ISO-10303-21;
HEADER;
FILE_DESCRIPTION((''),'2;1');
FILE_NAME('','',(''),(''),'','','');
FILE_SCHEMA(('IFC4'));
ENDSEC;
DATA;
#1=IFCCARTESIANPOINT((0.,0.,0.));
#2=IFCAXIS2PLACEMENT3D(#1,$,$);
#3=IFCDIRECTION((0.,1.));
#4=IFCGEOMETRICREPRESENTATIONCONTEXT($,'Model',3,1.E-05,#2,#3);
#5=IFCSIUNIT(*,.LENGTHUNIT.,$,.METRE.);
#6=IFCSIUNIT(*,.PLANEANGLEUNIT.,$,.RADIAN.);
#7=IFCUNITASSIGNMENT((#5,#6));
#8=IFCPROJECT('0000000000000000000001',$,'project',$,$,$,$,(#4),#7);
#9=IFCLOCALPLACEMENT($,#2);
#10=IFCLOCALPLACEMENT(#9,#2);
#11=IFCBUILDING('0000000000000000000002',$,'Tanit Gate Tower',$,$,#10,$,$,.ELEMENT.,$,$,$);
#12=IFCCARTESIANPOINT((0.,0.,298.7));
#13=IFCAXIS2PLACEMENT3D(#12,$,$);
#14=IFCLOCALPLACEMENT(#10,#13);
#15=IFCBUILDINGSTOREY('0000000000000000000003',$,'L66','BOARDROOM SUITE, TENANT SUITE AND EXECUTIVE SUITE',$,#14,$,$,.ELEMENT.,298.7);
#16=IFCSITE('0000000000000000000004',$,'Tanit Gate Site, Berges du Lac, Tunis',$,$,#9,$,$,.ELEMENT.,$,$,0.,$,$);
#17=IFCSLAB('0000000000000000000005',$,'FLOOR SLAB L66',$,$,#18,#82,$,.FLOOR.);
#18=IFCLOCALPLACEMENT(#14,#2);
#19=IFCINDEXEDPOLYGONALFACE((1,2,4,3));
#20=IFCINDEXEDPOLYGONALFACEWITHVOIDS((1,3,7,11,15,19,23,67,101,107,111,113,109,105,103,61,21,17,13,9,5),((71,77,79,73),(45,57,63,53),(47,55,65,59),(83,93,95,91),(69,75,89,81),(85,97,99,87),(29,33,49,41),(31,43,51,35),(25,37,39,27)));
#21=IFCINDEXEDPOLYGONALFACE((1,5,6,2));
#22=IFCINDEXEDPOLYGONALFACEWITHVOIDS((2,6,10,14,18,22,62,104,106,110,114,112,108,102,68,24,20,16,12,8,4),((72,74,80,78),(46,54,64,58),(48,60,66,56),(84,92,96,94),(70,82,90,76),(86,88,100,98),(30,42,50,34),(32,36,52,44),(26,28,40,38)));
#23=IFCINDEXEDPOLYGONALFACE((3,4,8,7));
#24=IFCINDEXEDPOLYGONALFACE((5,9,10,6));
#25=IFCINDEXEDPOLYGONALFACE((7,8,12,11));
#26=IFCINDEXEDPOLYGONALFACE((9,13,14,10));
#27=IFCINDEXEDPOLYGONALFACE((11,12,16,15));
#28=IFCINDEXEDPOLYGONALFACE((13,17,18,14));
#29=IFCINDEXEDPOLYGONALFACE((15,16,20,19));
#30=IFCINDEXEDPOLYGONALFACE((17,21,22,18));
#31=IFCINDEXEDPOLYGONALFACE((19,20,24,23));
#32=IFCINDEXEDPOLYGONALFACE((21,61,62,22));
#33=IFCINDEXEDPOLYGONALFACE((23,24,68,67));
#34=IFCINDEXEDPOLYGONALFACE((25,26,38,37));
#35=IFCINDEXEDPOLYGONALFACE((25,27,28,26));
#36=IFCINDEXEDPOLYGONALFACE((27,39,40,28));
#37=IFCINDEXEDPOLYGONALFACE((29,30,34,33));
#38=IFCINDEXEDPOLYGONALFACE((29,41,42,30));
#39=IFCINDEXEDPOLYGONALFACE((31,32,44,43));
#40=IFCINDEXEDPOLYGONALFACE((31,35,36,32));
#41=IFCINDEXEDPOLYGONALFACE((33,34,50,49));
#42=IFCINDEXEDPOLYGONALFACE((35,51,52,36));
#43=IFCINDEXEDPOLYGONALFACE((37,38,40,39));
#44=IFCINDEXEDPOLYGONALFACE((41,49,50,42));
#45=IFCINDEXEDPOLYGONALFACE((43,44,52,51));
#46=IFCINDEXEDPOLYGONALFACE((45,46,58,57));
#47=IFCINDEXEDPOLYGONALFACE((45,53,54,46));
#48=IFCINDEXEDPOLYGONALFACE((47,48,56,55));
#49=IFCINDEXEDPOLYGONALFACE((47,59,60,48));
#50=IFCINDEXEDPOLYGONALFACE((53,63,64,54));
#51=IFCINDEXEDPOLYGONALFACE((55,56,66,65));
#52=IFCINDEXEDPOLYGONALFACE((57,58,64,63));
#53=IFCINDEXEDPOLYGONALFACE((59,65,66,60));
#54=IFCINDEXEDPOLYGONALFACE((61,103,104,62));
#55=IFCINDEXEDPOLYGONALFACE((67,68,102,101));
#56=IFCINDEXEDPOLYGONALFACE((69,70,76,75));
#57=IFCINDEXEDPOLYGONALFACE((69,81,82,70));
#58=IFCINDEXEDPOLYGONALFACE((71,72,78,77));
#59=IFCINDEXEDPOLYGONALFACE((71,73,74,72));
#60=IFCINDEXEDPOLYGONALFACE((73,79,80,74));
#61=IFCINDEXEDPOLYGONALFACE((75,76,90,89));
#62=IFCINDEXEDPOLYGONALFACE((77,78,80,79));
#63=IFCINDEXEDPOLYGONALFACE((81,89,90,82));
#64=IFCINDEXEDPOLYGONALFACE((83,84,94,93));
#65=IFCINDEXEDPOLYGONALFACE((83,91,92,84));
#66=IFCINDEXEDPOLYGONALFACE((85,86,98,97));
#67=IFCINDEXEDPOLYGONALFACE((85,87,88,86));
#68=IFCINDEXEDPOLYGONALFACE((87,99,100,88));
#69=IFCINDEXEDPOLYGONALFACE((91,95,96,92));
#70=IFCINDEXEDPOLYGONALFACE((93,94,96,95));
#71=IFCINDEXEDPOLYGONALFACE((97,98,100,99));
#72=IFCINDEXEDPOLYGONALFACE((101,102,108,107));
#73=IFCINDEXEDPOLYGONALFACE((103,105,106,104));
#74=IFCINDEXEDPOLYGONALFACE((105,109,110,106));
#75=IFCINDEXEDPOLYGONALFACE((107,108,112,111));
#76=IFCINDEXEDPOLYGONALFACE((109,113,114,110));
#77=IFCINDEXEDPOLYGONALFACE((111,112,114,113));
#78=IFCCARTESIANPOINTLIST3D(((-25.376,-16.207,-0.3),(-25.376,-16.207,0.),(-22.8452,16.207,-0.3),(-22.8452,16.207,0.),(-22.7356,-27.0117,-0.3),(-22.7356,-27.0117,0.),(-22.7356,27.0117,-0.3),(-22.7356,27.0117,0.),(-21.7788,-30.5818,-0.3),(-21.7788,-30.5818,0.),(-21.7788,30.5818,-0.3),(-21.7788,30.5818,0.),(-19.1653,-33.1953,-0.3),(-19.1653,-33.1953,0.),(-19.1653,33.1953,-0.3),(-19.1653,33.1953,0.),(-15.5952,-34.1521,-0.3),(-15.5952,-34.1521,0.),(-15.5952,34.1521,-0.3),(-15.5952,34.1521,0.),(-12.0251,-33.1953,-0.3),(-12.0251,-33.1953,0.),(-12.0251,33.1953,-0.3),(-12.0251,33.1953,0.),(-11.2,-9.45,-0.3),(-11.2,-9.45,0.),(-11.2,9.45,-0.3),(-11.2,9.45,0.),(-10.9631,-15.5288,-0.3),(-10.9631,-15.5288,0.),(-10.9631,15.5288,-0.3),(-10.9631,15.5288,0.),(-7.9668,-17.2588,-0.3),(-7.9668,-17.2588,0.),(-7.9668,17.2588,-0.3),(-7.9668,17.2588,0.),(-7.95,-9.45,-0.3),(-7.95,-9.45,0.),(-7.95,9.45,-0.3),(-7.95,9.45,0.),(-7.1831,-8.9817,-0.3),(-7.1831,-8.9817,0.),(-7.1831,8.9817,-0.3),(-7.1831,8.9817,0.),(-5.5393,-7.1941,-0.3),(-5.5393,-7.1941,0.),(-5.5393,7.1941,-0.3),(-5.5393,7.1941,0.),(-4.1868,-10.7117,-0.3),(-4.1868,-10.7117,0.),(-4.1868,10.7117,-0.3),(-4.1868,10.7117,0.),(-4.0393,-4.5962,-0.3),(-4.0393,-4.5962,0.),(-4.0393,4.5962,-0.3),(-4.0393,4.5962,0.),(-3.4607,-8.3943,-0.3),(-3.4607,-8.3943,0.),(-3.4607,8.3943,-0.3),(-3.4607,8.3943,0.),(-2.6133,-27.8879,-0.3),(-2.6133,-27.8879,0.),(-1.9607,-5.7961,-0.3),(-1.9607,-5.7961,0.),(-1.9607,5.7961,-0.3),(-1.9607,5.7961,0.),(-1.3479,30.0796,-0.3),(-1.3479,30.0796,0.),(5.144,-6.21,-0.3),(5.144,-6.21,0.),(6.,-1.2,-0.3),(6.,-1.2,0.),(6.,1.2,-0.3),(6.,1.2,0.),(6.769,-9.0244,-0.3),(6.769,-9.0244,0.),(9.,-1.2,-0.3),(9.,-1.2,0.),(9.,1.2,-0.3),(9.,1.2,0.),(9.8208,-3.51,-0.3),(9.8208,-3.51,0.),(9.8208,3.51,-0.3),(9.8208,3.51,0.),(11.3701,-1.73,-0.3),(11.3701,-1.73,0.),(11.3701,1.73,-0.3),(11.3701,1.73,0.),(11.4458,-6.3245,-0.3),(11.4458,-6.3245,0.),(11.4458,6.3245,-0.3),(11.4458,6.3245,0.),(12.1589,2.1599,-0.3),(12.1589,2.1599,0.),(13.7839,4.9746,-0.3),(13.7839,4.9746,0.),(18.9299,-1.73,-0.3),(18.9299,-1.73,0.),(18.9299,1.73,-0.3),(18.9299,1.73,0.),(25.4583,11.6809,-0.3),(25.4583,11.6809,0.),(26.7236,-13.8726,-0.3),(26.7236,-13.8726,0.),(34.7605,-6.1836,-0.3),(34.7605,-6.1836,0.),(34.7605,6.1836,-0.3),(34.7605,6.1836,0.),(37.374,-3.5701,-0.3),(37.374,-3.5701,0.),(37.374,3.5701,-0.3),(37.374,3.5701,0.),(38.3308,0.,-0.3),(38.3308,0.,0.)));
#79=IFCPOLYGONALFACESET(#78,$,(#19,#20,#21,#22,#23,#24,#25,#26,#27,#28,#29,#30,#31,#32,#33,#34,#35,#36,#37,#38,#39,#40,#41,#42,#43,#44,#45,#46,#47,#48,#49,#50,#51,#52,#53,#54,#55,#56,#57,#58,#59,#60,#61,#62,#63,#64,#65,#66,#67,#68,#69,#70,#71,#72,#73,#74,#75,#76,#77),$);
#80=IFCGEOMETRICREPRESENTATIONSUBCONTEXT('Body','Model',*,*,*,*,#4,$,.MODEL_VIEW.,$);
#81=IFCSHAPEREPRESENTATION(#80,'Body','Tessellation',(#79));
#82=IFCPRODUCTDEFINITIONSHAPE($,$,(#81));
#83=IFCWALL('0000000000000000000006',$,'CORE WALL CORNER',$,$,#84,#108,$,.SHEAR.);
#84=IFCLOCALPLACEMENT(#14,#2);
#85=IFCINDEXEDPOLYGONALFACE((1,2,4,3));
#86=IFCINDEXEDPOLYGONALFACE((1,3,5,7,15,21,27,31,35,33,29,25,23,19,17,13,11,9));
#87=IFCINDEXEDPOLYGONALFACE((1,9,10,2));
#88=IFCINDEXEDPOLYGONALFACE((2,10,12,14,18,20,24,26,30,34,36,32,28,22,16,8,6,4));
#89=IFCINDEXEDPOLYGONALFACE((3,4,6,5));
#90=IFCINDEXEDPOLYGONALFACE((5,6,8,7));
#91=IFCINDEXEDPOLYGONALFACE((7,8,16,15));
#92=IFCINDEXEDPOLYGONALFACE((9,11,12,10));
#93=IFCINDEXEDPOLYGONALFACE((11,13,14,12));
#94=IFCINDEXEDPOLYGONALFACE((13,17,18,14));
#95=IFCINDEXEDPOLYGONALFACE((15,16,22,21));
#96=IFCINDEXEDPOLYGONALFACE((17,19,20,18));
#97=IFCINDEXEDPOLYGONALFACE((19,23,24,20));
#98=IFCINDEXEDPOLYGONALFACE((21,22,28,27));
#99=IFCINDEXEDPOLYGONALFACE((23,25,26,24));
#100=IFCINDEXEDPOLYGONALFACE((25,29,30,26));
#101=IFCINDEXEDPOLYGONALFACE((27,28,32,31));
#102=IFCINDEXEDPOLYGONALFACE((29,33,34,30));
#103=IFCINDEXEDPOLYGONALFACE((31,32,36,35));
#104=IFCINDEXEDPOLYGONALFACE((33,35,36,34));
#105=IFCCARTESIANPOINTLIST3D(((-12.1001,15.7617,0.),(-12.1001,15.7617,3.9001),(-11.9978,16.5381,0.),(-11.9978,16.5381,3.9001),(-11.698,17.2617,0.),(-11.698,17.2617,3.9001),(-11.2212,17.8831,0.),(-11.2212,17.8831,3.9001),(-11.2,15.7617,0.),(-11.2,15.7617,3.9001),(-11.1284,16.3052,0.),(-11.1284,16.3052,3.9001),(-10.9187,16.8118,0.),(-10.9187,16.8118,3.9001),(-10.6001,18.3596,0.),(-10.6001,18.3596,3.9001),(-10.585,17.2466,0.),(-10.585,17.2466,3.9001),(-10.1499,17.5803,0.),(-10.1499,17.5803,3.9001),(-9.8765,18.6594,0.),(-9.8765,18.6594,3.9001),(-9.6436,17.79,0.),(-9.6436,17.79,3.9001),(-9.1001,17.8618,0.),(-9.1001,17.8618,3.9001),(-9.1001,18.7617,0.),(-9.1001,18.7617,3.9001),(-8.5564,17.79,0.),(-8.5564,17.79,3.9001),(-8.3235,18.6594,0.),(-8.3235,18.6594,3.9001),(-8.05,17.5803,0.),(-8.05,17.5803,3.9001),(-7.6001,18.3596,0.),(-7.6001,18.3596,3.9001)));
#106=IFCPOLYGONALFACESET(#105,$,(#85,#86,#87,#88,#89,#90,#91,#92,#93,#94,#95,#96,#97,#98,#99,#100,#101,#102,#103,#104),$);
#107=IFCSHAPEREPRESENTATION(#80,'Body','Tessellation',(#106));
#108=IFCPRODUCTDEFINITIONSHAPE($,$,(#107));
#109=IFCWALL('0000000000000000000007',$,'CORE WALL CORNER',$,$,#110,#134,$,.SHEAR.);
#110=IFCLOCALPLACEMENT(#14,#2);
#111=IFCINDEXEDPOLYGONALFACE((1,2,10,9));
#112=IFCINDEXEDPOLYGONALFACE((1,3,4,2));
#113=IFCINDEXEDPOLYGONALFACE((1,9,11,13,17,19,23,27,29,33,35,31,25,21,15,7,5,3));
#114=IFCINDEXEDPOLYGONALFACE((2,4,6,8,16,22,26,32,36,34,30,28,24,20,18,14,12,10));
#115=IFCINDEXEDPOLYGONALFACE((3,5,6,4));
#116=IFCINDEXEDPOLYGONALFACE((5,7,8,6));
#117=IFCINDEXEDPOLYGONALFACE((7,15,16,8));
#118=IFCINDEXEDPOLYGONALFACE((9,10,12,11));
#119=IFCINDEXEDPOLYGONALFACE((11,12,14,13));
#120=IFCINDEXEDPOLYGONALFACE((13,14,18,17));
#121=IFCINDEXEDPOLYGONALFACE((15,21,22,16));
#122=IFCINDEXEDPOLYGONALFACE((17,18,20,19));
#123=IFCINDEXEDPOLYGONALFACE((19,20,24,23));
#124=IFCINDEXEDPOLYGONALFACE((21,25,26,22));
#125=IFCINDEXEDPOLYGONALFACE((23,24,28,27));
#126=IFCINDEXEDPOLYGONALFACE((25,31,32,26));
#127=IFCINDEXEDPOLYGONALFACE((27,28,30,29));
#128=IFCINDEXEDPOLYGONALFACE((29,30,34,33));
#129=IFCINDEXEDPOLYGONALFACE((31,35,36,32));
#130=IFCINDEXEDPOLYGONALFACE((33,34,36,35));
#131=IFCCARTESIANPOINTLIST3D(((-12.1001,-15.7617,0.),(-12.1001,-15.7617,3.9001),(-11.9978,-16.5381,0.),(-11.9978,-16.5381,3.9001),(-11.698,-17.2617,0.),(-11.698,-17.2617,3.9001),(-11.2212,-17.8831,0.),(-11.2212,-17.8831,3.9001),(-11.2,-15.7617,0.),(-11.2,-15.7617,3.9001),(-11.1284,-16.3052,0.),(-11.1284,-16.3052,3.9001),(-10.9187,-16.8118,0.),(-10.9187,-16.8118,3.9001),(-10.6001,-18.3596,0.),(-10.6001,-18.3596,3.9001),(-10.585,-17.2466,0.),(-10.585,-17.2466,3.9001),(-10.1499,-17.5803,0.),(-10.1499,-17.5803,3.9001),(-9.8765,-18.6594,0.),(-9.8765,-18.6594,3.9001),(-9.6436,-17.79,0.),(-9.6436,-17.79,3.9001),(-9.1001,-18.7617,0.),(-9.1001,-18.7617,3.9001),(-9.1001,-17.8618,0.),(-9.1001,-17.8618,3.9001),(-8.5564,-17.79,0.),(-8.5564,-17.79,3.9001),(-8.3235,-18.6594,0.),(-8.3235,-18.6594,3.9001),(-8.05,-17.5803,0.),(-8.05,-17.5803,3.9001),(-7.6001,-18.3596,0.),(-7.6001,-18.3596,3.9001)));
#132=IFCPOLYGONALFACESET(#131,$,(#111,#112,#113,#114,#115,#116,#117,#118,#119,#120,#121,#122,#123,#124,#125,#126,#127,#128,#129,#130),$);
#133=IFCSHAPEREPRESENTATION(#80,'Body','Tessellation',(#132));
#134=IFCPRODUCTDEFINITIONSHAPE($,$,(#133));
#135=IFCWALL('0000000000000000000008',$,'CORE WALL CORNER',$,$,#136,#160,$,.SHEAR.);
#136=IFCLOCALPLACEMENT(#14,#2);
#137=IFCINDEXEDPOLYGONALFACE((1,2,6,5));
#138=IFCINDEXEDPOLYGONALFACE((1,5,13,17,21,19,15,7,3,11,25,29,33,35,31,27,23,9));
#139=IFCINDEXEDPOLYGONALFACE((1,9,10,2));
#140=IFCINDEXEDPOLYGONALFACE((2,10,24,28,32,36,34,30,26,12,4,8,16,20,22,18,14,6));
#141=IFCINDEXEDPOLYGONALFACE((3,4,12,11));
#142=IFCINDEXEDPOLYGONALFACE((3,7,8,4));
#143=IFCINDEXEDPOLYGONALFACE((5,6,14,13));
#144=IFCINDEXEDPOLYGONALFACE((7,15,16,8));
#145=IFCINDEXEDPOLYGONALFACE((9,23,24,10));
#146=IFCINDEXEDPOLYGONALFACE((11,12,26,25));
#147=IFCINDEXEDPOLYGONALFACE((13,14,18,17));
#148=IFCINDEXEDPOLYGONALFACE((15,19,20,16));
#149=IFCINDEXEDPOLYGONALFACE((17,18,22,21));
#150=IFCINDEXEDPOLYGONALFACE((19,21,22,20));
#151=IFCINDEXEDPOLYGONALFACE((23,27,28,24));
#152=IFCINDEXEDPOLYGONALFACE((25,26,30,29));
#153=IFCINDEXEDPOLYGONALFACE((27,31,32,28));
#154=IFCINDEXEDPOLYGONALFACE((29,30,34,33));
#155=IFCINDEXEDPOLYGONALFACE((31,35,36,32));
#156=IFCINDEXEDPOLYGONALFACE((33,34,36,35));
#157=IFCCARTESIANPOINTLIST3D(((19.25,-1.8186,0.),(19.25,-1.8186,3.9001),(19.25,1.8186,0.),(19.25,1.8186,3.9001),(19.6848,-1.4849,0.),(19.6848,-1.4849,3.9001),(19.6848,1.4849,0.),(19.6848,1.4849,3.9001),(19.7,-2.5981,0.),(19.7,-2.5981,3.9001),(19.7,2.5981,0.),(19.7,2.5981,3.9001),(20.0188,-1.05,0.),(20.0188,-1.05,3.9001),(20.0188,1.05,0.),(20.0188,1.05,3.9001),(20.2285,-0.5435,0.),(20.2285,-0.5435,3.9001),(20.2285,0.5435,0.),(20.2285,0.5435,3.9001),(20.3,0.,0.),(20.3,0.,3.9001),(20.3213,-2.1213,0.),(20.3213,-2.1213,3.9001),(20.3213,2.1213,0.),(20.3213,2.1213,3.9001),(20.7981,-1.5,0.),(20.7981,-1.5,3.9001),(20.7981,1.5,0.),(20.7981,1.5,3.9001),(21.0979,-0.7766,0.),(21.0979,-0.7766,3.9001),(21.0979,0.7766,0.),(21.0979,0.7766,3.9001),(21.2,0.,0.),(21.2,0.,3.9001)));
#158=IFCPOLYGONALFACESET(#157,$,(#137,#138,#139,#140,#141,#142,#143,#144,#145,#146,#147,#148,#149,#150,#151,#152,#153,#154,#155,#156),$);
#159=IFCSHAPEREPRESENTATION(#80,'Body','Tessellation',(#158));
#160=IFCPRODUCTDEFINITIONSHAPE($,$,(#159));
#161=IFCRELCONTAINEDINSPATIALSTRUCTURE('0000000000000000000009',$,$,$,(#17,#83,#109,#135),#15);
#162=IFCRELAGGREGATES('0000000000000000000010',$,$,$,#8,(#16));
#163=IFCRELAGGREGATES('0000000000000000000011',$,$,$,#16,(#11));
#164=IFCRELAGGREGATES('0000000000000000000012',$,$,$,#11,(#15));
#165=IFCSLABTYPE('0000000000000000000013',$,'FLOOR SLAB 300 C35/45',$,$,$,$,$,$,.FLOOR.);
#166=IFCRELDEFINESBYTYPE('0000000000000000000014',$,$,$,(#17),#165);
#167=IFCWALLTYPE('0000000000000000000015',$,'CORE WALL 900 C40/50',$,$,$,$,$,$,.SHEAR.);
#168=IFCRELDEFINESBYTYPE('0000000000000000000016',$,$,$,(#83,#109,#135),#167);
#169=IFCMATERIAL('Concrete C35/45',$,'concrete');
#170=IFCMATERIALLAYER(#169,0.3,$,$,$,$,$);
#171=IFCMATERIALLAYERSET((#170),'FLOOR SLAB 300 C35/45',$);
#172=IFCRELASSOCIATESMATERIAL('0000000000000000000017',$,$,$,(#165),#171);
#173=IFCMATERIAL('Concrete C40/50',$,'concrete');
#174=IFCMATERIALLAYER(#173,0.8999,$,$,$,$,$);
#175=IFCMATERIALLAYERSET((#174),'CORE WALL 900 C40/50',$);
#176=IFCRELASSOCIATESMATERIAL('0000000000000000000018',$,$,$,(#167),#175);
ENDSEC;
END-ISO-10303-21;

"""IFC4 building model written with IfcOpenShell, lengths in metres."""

from ifc_helpers import new_model, si_unit, direction, frame, origin, place, context, subcontext, project, spatial, polyline, outline, extrude, material, layer, layer_set, type_object, element, save


model = new_model("IFC4")

# Units and contexts
model_context = context("Model", 3, precision=1e-05, world=origin(), true_north=direction((0.0, 1.0)))
body_context = subcontext(model_context, "Body", "Model", "MODEL_VIEW")
ifc_project = project(units=[si_unit("LENGTHUNIT", "METRE"), si_unit("PLANEANGLEUNIT", "RADIAN")], contexts=[model_context])

# Site, building, storey
site_placement = place(None, origin())
site = spatial("IfcSite", under=ifc_project, at=site_placement, Name="Tanit Gate Site, Berges du Lac, Tunis", CompositionType="ELEMENT", RefElevation=0.0)
building_placement = place(site_placement, origin())
building = spatial("IfcBuilding", under=site, at=building_placement, Name="Tanit Gate Tower", CompositionType="ELEMENT")
storey_placement = place(building_placement, frame((0.0, 0.0, 298.7)))
storey = spatial("IfcBuildingStorey", under=building, at=storey_placement, Name="L66", Description="BOARDROOM SUITE, TENANT SUITE AND EXECUTIVE SUITE", CompositionType="ELEMENT", Elevation=298.7)

# Slab
ifc_material_1 = material(Name="Concrete C35/45", Category="concrete")
ifc_layer_1 = layer(ifc_material_1, 0.3)
ifc_layer_set_1 = layer_set([ifc_layer_1], Name="FLOOR SLAB 300 C35/45")
slab_type = type_object("IfcSlabType", Name="FLOOR SLAB 300 C35/45", PredefinedType="FLOOR", material=ifc_layer_set_1)
slab_placement = place(storey_placement, frame((0.0, 0.0, -0.3)))
element("IfcSlab", 1, at=slab_placement, inside=storey, type_object=slab_type, Name="FLOOR SLAB L66", PredefinedType="FLOOR", context=body_context, shape_type="SweptSolid", body=[
    extrude(outline(polyline([(34.7605, 6.1836), (37.374, 3.5701), (38.3308, 0.0), (37.374, -3.5701), (34.7605, -6.1836), (26.7236, -13.8726), (-2.6133, -27.8879), (-12.0251, -33.1953), (-15.5952, -34.1521), (-19.1653, -33.1953), (-21.7788, -30.5818), (-22.7356, -27.0117), (-25.376, -16.207), (-22.8452, 16.207), (-22.7356, 27.0117), (-21.7788, 30.5818), (-19.1653, 33.1953), (-15.5952, 34.1521), (-12.0251, 33.1953), (-1.3479, 30.0796), (25.4583, 11.6809), (34.7605, 6.1836)]), holes=[polyline([(11.3701, 1.73), (18.9299, 1.73), (18.9299, -1.73), (11.3701, -1.73), (11.3701, 1.73)]), polyline([(12.1589, 2.1599), (9.8208, 3.51), (11.4458, 6.3245), (13.7839, 4.9746), (12.1589, 2.1599)]), polyline([(11.4458, -6.3245), (6.769, -9.0244), (5.144, -6.21), (9.8208, -3.51), (11.4458, -6.3245)]), polyline([(6.0, 1.2), (9.0, 1.2), (9.0, -1.2), (6.0, -1.2), (6.0, 1.2)]), polyline([(-4.0393, 4.5962), (-5.5393, 7.1941), (-3.4607, 8.3943), (-1.9607, 5.7961), (-4.0393, 4.5962)]), polyline([(-1.9607, -5.7961), (-3.4607, -8.3943), (-5.5393, -7.1941), (-4.0393, -4.5962), (-1.9607, -5.7961)]), polyline([(-7.1831, 8.9817), (-10.9631, 15.5288), (-7.9668, 17.2588), (-4.1868, 10.7117), (-7.1831, 8.9817)]), polyline([(-4.1868, -10.7117), (-7.9668, -17.2588), (-10.9631, -15.5288), (-7.1831, -8.9817), (-4.1868, -10.7117)]), polyline([(-11.2, -9.45), (-11.2, 9.45), (-7.95, 9.45), (-7.95, -9.45), (-11.2, -9.45)])]), origin(), (0.0, 0.0, 1.0), 0.3),
])

# Walls
ifc_material_2 = material(Name="Concrete C40/50", Category="concrete")
ifc_layer_2 = layer(ifc_material_2, 0.8999)
ifc_layer_set_2 = layer_set([ifc_layer_2], Name="CORE WALL 900 C40/50")
wall_type_1 = type_object("IfcWallType", Name="CORE WALL 900 C40/50", PredefinedType="SHEAR", material=ifc_layer_set_2)
wall_1_placement = place(storey_placement, origin())
element("IfcWall", 2, at=wall_1_placement, inside=storey, type_object=wall_type_1, Name="CORE WALL CORNER", PredefinedType="SHEAR", context=body_context, shape_type="SweptSolid", body=[
    extrude(outline(polyline([(-7.6001, 18.3596), (-8.3235, 18.6594), (-9.1001, 18.7617), (-9.8765, 18.6594), (-10.6001, 18.3596), (-11.2212, 17.8831), (-11.698, 17.2617), (-11.9978, 16.5381), (-12.1001, 15.7617), (-11.2, 15.7617), (-11.1284, 16.3052), (-10.9187, 16.8118), (-10.585, 17.2466), (-10.1499, 17.5803), (-9.6436, 17.79), (-9.1001, 17.8618), (-8.5564, 17.79), (-8.05, 17.5803), (-7.6001, 18.3596)])), origin(), (0.0, 0.0, 1.0), 3.9001),
])
wall_2_placement = place(storey_placement, origin())
element("IfcWall", 3, at=wall_2_placement, inside=storey, type_object=wall_type_1, Name="CORE WALL CORNER", PredefinedType="SHEAR", context=body_context, shape_type="SweptSolid", body=[
    extrude(outline(polyline([(-12.1001, -15.7617), (-11.9978, -16.5381), (-11.698, -17.2617), (-11.2212, -17.8831), (-10.6001, -18.3596), (-9.8765, -18.6594), (-9.1001, -18.7617), (-8.3235, -18.6594), (-7.6001, -18.3596), (-8.05, -17.5803), (-8.5564, -17.79), (-9.1001, -17.8618), (-9.6436, -17.79), (-10.1499, -17.5803), (-10.585, -17.2466), (-10.9187, -16.8118), (-11.1284, -16.3052), (-11.2, -15.7617), (-12.1001, -15.7617)])), origin(), (0.0, 0.0, 1.0), 3.9001),
])
wall_3_placement = place(storey_placement, origin())
element("IfcWall", 4, at=wall_3_placement, inside=storey, type_object=wall_type_1, Name="CORE WALL CORNER", PredefinedType="SHEAR", context=body_context, shape_type="SweptSolid", body=[
    extrude(outline(polyline([(19.7, -2.5981), (20.3213, -2.1213), (20.7981, -1.5), (21.0979, -0.7766), (21.2, 0.0), (21.0979, 0.7766), (20.7981, 1.5), (20.3213, 2.1213), (19.7, 2.5981), (19.25, 1.8186), (19.6848, 1.4849), (20.0188, 1.05), (20.2285, 0.5435), (20.3, 0.0), (20.2285, -0.5435), (20.0188, -1.05), (19.6848, -1.4849), (19.25, -1.8186), (19.7, -2.5981)])), origin(), (0.0, 0.0, 1.0), 3.9001),
])

save(model, "model.ifc")
